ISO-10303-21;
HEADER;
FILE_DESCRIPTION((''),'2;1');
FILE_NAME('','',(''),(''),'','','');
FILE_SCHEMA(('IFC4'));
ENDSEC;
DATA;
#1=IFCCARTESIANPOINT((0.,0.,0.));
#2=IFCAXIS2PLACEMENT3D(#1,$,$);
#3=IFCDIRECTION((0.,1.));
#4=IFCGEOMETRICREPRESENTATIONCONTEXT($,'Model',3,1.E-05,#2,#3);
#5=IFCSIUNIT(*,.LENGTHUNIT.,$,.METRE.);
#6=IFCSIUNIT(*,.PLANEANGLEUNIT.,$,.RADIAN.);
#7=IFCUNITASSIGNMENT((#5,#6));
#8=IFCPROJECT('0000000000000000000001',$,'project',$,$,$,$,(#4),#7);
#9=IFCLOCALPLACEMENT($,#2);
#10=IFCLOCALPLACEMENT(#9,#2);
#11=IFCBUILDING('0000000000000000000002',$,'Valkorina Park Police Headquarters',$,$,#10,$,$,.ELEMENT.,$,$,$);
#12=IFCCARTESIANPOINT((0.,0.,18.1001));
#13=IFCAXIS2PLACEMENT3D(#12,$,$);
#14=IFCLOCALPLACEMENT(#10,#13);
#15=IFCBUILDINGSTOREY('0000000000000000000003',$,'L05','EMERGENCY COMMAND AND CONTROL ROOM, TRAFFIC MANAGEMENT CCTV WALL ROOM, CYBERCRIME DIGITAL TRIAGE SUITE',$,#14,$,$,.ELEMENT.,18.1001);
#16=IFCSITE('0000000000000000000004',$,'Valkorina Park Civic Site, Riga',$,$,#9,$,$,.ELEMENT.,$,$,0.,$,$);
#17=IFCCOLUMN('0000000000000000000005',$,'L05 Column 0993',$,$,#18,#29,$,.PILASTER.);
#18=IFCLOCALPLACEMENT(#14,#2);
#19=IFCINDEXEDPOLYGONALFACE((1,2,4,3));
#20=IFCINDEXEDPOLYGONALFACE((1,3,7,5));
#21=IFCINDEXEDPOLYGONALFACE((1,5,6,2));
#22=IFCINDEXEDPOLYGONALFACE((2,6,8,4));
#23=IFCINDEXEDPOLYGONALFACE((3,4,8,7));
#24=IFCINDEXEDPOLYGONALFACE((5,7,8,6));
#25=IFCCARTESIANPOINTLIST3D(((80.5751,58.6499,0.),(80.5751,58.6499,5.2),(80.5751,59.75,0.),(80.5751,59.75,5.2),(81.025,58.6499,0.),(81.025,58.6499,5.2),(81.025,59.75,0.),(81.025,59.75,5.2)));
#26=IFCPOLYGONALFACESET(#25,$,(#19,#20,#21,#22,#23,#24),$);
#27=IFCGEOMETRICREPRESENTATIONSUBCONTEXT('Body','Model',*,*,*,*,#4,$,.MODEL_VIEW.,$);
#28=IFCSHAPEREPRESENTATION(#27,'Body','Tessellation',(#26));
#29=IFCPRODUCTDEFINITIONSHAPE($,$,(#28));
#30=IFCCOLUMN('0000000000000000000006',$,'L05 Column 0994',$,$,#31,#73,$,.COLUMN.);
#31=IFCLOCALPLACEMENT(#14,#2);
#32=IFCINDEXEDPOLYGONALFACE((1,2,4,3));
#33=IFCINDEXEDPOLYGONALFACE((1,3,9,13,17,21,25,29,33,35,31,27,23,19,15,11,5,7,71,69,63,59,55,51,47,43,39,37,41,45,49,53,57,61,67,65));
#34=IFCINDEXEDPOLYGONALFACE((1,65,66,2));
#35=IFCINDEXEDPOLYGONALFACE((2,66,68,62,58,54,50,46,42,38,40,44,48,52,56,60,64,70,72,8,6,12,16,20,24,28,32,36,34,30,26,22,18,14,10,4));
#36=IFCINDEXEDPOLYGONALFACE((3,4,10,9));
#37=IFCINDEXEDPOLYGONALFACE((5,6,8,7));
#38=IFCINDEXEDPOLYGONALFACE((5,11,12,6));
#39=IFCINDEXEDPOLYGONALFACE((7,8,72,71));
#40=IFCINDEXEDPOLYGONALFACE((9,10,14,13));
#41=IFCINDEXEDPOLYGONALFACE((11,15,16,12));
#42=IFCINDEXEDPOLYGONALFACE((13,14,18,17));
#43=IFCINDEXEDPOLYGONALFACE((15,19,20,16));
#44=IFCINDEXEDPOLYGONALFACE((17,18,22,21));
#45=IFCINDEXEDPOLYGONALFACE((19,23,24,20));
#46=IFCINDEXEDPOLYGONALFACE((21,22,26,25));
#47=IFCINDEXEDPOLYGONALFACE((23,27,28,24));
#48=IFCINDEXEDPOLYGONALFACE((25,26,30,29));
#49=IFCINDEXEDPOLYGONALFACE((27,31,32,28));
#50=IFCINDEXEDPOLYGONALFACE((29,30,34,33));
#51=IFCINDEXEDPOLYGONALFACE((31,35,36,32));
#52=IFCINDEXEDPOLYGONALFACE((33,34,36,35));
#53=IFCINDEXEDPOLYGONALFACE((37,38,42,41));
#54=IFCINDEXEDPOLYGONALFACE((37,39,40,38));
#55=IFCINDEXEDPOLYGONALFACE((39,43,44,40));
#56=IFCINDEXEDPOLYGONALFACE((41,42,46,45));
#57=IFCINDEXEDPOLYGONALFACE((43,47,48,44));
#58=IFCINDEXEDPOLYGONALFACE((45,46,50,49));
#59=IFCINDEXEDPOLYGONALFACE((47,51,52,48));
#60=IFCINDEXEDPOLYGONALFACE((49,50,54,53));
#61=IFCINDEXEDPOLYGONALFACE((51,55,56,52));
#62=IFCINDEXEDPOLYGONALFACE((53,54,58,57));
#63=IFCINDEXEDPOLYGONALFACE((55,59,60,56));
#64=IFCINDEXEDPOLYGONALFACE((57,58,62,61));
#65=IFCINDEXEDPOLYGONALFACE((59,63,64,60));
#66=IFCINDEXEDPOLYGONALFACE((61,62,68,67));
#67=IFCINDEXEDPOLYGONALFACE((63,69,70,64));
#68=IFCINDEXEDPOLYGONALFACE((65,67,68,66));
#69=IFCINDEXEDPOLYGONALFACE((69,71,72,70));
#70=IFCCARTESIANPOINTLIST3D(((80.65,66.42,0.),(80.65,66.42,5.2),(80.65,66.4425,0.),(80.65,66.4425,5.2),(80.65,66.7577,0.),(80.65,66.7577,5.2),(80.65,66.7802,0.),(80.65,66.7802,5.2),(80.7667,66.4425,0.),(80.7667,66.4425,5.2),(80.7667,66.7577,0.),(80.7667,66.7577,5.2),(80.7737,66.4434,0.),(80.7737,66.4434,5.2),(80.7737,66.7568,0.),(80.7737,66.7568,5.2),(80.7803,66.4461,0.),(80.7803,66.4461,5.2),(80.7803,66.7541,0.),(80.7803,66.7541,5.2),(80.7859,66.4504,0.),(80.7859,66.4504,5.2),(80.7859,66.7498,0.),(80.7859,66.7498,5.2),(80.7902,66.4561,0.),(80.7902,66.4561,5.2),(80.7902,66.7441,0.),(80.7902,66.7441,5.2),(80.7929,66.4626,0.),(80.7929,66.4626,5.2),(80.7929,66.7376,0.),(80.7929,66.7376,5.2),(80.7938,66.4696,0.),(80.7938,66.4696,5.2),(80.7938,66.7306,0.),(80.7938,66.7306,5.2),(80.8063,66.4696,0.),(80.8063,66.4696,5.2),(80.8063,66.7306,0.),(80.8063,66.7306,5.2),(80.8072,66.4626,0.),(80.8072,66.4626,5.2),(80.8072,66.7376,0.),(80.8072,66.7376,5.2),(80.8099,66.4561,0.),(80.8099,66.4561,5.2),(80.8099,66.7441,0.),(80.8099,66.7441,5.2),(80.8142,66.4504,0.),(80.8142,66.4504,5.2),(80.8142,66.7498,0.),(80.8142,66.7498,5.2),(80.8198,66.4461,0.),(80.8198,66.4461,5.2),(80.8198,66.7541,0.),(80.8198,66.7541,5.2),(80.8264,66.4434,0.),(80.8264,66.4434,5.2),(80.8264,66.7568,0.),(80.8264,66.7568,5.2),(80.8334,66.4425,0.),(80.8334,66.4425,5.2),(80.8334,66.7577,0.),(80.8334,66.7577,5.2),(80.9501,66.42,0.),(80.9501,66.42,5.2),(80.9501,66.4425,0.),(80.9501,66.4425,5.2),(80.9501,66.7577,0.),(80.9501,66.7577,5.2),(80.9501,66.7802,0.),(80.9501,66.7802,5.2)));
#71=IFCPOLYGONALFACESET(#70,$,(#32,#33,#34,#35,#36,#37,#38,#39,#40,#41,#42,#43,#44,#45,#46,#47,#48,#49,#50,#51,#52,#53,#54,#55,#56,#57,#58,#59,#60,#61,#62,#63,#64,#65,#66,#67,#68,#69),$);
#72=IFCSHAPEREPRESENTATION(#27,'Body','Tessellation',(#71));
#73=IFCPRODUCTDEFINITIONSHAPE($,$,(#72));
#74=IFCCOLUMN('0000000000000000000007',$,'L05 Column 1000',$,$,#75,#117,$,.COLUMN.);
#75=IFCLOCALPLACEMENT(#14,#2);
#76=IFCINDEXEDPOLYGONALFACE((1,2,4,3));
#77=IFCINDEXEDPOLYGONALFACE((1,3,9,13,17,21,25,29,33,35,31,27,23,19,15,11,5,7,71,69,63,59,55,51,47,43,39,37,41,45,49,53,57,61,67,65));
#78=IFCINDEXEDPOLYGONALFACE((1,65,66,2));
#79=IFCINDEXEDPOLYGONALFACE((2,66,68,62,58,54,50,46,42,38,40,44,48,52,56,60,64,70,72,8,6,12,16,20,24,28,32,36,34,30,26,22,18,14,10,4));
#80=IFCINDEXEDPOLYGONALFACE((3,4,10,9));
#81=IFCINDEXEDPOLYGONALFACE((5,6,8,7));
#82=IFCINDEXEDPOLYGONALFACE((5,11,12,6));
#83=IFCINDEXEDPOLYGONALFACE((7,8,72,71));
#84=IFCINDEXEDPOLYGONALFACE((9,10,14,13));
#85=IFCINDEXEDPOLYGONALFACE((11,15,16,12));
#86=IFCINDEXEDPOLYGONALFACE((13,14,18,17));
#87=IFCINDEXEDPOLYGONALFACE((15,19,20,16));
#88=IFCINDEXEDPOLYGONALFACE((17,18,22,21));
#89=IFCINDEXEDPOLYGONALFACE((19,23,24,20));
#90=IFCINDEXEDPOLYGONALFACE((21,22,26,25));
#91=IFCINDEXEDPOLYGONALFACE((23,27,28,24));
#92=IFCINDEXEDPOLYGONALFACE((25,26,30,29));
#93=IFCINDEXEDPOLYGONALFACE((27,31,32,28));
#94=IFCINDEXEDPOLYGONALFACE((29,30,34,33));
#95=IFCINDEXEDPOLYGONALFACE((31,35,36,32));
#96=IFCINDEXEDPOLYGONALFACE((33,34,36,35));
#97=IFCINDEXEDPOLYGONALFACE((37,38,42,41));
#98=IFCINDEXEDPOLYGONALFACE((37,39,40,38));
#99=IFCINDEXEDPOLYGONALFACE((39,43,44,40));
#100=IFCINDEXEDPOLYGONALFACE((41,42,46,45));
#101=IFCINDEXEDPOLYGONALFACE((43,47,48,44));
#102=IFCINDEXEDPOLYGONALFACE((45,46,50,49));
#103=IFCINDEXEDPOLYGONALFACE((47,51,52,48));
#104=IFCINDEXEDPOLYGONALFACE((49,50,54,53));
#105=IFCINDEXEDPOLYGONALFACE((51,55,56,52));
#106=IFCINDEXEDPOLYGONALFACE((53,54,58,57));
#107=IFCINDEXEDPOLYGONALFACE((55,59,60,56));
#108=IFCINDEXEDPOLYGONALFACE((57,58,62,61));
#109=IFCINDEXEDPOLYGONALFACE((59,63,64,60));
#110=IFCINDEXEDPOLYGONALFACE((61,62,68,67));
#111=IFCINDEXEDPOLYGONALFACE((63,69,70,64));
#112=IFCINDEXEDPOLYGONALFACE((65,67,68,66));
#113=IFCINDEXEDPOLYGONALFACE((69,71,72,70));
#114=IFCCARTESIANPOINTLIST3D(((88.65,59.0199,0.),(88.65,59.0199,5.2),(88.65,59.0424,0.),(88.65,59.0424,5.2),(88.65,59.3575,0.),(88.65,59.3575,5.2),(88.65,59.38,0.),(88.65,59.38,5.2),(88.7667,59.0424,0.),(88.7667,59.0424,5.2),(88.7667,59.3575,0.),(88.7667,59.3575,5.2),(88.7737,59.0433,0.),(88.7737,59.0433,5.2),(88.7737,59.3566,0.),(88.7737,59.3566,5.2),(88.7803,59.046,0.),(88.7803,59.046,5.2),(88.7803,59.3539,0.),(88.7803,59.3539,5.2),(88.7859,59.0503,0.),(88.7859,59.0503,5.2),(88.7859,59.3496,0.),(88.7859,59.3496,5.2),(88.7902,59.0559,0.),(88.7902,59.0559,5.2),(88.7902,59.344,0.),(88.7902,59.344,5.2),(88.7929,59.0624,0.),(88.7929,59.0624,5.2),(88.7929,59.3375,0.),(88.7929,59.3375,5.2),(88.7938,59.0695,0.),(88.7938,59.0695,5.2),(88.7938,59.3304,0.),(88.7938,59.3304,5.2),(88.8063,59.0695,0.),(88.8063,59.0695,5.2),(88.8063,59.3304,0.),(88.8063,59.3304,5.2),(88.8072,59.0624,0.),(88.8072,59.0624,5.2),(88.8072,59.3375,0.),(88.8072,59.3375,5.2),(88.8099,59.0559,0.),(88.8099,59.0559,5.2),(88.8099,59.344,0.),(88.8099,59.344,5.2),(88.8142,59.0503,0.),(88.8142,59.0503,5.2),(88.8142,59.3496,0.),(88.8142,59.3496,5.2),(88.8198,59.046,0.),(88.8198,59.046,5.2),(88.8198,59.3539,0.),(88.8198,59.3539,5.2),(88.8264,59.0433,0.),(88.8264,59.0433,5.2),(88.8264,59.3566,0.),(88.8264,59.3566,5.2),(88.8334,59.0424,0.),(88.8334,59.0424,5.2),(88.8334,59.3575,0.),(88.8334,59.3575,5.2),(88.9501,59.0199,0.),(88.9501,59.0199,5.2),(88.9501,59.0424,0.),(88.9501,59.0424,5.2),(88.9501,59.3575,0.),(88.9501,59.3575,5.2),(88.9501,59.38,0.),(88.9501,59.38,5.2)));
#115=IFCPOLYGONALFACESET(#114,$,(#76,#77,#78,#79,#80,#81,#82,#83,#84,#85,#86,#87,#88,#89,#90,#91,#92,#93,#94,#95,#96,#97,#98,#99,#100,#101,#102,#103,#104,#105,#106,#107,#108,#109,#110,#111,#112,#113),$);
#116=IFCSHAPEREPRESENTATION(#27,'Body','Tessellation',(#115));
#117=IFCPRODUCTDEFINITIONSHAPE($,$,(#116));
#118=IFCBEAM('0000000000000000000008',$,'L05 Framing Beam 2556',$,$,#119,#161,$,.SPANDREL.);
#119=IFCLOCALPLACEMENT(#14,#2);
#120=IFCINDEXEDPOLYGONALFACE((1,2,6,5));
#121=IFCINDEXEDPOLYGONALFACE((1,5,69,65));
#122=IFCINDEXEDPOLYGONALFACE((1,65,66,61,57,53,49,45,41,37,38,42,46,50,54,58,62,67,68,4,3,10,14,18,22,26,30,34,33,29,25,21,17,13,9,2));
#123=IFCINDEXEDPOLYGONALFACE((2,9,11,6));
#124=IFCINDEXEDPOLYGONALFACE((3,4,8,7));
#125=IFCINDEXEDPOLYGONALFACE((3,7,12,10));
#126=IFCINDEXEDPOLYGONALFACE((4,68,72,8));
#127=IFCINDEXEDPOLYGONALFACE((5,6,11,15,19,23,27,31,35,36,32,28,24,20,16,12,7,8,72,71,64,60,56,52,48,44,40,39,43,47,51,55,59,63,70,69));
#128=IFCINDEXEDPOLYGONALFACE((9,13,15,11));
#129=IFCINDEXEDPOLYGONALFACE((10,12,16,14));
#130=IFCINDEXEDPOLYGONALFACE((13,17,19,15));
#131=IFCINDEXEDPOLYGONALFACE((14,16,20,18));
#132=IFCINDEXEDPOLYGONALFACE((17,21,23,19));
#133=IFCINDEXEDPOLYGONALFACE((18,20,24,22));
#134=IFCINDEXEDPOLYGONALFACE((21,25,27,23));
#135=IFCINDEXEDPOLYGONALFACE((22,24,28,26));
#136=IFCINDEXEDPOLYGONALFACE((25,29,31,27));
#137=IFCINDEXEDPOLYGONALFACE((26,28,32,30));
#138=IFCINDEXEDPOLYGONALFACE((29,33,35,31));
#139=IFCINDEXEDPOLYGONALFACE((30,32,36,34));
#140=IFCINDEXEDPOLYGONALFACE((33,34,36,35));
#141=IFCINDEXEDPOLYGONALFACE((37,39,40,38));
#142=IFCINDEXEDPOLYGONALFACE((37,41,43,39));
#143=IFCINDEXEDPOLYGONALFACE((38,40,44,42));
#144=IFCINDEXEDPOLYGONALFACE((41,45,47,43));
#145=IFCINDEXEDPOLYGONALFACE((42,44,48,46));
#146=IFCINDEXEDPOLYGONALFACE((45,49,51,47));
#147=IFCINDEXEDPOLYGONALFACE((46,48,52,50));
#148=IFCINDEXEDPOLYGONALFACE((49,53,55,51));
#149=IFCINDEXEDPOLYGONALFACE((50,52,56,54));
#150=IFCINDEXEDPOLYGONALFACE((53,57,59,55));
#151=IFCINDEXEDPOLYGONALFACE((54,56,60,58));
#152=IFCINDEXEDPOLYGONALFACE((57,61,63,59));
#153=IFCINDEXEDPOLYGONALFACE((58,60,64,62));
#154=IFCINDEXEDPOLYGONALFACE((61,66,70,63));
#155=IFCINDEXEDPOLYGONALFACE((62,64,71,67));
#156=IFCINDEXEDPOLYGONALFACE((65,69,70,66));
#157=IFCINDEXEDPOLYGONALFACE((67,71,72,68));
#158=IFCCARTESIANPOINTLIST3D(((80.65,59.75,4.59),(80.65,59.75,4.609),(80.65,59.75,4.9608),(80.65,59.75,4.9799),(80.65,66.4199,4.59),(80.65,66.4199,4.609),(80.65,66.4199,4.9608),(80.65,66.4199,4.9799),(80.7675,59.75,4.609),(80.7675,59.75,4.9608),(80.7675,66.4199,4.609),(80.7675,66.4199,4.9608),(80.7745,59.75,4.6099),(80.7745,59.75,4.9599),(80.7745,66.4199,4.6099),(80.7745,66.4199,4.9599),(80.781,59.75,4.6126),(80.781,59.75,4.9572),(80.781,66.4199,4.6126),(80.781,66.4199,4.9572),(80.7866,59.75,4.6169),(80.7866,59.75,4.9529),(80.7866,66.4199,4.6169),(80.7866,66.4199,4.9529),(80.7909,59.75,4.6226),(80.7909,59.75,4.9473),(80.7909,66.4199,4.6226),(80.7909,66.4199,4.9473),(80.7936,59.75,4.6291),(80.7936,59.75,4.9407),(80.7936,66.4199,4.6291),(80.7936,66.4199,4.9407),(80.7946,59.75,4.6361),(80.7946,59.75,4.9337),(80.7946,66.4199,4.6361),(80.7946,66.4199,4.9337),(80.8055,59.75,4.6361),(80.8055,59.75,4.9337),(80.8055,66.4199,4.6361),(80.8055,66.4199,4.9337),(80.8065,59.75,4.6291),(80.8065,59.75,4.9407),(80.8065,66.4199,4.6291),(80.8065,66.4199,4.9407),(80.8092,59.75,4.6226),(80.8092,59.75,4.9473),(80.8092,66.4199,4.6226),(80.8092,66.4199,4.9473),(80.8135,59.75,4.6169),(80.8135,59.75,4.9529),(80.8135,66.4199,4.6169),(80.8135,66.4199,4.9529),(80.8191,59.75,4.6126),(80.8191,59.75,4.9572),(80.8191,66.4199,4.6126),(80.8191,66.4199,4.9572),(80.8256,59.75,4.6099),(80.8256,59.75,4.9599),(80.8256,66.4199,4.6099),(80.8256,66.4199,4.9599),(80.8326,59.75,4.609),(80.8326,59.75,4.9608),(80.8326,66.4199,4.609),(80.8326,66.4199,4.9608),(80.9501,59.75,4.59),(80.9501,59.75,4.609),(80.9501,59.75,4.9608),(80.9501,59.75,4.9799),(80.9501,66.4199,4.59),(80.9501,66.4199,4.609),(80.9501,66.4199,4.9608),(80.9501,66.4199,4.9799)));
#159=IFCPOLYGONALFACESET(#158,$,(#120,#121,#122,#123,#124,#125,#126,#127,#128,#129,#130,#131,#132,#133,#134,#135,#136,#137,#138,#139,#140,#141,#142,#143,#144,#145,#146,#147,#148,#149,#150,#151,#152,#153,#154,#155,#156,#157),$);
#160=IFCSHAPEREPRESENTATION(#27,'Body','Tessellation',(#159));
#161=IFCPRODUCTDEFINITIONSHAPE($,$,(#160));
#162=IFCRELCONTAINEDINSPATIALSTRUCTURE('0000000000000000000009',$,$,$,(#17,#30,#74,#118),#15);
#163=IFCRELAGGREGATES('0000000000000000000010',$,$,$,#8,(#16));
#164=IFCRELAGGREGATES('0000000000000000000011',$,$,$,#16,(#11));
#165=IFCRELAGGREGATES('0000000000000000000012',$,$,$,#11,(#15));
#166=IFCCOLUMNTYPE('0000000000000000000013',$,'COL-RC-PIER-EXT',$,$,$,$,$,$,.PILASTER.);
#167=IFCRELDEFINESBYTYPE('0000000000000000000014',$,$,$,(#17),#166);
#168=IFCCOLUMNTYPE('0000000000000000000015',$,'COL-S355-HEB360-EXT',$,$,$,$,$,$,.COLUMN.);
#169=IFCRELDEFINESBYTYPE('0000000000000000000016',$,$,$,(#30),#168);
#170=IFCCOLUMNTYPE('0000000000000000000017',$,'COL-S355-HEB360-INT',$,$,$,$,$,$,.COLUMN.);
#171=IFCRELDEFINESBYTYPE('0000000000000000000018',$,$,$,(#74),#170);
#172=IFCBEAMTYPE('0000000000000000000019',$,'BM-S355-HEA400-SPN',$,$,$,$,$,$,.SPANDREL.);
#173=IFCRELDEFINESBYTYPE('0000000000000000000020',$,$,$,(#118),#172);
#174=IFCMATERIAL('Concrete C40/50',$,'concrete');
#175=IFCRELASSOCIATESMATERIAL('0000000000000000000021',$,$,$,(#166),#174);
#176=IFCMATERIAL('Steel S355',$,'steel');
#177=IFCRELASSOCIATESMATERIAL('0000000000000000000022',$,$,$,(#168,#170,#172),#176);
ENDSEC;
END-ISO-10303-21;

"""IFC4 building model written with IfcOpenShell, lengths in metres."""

from ifc_helpers import new_model, si_unit, direction, frame, origin, origin_2d, place, context, subcontext, project, spatial, rectangle, i_section, extrude, material, material_profile, profile_set, type_object, element, save


model = new_model("IFC4")

# Units and contexts
model_context = context("Model", 3, precision=1e-05, world=origin(), true_north=direction((0.0, 1.0)))
body_context = subcontext(model_context, "Body", "Model", "MODEL_VIEW")
ifc_project = project(units=[si_unit("LENGTHUNIT", "METRE"), si_unit("PLANEANGLEUNIT", "RADIAN")], contexts=[model_context])

# Site, building, storey
site_placement = place(None, origin())
site = spatial("IfcSite", under=ifc_project, at=site_placement, Name="Valkorina Park Civic Site, Riga", CompositionType="ELEMENT", RefElevation=0.0)
building_placement = place(site_placement, origin())
building = spatial("IfcBuilding", under=site, at=building_placement, Name="Valkorina Park Police Headquarters", CompositionType="ELEMENT")
storey_placement = place(building_placement, frame((0.0, 0.0, 18.1001)))
storey = spatial("IfcBuildingStorey", under=building, at=storey_placement, Name="L05", Description="EMERGENCY COMMAND AND CONTROL ROOM, TRAFFIC MANAGEMENT CCTV WALL ROOM, CYBERCRIME DIGITAL TRIAGE SUITE", CompositionType="ELEMENT", Elevation=18.1001)

# Columns
ifc_material_1 = material(Name="Concrete C40/50", Category="concrete")
ifc_material_profile_1 = material_profile(ifc_material_1, rectangle(XDim=0.45, YDim=1.1001, at=origin_2d()), Name="RC PIER 450x1100")
ifc_profile_set_1 = profile_set([ifc_material_profile_1], Name="Concrete C40/50")
column_type_1 = type_object("IfcColumnType", Name="COL-RC-PIER-EXT", PredefinedType="PILASTER", material=ifc_profile_set_1)
column_1_placement = place(storey_placement, frame((80.8, 59.2, 0.0), z_axis=(0.0, 0.0, 1.0), x_axis=(1.0, 0.0, 0.0)))
element("IfcColumn", 1, at=column_1_placement, inside=storey, type_object=column_type_1, Name="L05 Column 0993", PredefinedType="PILASTER", context=body_context, shape_type="SweptSolid", body=[
    extrude(rectangle(XDim=0.45, YDim=1.1001, at=origin_2d()), origin(), (0.0, 0.0, 1.0), 5.2),
])
ifc_material_2 = material(Name="Steel S355", Category="steel")
ifc_material_profile_2 = material_profile(ifc_material_2, i_section(OverallWidth=0.3, OverallDepth=0.3601, WebThickness=0.0125, FlangeThickness=0.0225, FilletRadius=0.0271, at=origin_2d()), Name="HEB 360")
ifc_profile_set_2 = profile_set([ifc_material_profile_2], Name="Steel S355")
column_type_2 = type_object("IfcColumnType", Name="COL-S355-HEB360-EXT", PredefinedType="COLUMN", material=ifc_profile_set_2)
column_2_placement = place(storey_placement, frame((80.8, 66.6001, 0.0), z_axis=(0.0, 0.0, 1.0), x_axis=(1.0, 0.0, 0.0)))
element("IfcColumn", 2, at=column_2_placement, inside=storey, type_object=column_type_2, Name="L05 Column 0994", PredefinedType="COLUMN", context=body_context, shape_type="SweptSolid", body=[
    extrude(i_section(OverallWidth=0.3, OverallDepth=0.3601, WebThickness=0.0125, FlangeThickness=0.0225, FilletRadius=0.0271, at=origin_2d()), origin(), (0.0, 0.0, 1.0), 5.2),
])
ifc_material_profile_3 = material_profile(ifc_material_2, i_section(OverallWidth=0.3, OverallDepth=0.3601, WebThickness=0.0125, FlangeThickness=0.0225, FilletRadius=0.0271, at=origin_2d()), Name="HEB 360")
ifc_profile_set_3 = profile_set([ifc_material_profile_3], Name="Steel S355")
column_type_3 = type_object("IfcColumnType", Name="COL-S355-HEB360-INT", PredefinedType="COLUMN", material=ifc_profile_set_3)
column_3_placement = place(storey_placement, frame((88.8, 59.2, 0.0), z_axis=(0.0, 0.0, 1.0), x_axis=(1.0, 0.0, 0.0)))
element("IfcColumn", 3, at=column_3_placement, inside=storey, type_object=column_type_3, Name="L05 Column 1000", PredefinedType="COLUMN", context=body_context, shape_type="SweptSolid", body=[
    extrude(i_section(OverallWidth=0.3, OverallDepth=0.3601, WebThickness=0.0125, FlangeThickness=0.0225, FilletRadius=0.0271, at=origin_2d()), origin(), (0.0, 0.0, 1.0), 5.2),
])

# Beam
ifc_material_profile_4 = material_profile(ifc_material_2, i_section(OverallWidth=0.3, OverallDepth=0.3899, WebThickness=0.011, FlangeThickness=0.019, FilletRadius=0.0271, at=origin_2d()), Name="HEA 400")
ifc_profile_set_4 = profile_set([ifc_material_profile_4], Name="Steel S355")
beam_type_1 = type_object("IfcBeamType", Name="BM-S355-HEA400-SPN", PredefinedType="SPANDREL", material=ifc_profile_set_4)
beam_1_placement = place(storey_placement, frame((80.8, 59.75, 4.7849), z_axis=(0.0, 1.0, 0.0), x_axis=(-1.0, 0.0, 0.0)))
element("IfcBeam", 4, at=beam_1_placement, inside=storey, type_object=beam_type_1, Name="L05 Framing Beam 2556", PredefinedType="SPANDREL", context=body_context, shape_type="SweptSolid", body=[
    extrude(i_section(OverallWidth=0.3, OverallDepth=0.3899, WebThickness=0.011, FlangeThickness=0.019, FilletRadius=0.0271, at=origin_2d()), origin(), (0.0, 0.0, 1.0), 6.6699),
])

save(model, "model.ifc")
